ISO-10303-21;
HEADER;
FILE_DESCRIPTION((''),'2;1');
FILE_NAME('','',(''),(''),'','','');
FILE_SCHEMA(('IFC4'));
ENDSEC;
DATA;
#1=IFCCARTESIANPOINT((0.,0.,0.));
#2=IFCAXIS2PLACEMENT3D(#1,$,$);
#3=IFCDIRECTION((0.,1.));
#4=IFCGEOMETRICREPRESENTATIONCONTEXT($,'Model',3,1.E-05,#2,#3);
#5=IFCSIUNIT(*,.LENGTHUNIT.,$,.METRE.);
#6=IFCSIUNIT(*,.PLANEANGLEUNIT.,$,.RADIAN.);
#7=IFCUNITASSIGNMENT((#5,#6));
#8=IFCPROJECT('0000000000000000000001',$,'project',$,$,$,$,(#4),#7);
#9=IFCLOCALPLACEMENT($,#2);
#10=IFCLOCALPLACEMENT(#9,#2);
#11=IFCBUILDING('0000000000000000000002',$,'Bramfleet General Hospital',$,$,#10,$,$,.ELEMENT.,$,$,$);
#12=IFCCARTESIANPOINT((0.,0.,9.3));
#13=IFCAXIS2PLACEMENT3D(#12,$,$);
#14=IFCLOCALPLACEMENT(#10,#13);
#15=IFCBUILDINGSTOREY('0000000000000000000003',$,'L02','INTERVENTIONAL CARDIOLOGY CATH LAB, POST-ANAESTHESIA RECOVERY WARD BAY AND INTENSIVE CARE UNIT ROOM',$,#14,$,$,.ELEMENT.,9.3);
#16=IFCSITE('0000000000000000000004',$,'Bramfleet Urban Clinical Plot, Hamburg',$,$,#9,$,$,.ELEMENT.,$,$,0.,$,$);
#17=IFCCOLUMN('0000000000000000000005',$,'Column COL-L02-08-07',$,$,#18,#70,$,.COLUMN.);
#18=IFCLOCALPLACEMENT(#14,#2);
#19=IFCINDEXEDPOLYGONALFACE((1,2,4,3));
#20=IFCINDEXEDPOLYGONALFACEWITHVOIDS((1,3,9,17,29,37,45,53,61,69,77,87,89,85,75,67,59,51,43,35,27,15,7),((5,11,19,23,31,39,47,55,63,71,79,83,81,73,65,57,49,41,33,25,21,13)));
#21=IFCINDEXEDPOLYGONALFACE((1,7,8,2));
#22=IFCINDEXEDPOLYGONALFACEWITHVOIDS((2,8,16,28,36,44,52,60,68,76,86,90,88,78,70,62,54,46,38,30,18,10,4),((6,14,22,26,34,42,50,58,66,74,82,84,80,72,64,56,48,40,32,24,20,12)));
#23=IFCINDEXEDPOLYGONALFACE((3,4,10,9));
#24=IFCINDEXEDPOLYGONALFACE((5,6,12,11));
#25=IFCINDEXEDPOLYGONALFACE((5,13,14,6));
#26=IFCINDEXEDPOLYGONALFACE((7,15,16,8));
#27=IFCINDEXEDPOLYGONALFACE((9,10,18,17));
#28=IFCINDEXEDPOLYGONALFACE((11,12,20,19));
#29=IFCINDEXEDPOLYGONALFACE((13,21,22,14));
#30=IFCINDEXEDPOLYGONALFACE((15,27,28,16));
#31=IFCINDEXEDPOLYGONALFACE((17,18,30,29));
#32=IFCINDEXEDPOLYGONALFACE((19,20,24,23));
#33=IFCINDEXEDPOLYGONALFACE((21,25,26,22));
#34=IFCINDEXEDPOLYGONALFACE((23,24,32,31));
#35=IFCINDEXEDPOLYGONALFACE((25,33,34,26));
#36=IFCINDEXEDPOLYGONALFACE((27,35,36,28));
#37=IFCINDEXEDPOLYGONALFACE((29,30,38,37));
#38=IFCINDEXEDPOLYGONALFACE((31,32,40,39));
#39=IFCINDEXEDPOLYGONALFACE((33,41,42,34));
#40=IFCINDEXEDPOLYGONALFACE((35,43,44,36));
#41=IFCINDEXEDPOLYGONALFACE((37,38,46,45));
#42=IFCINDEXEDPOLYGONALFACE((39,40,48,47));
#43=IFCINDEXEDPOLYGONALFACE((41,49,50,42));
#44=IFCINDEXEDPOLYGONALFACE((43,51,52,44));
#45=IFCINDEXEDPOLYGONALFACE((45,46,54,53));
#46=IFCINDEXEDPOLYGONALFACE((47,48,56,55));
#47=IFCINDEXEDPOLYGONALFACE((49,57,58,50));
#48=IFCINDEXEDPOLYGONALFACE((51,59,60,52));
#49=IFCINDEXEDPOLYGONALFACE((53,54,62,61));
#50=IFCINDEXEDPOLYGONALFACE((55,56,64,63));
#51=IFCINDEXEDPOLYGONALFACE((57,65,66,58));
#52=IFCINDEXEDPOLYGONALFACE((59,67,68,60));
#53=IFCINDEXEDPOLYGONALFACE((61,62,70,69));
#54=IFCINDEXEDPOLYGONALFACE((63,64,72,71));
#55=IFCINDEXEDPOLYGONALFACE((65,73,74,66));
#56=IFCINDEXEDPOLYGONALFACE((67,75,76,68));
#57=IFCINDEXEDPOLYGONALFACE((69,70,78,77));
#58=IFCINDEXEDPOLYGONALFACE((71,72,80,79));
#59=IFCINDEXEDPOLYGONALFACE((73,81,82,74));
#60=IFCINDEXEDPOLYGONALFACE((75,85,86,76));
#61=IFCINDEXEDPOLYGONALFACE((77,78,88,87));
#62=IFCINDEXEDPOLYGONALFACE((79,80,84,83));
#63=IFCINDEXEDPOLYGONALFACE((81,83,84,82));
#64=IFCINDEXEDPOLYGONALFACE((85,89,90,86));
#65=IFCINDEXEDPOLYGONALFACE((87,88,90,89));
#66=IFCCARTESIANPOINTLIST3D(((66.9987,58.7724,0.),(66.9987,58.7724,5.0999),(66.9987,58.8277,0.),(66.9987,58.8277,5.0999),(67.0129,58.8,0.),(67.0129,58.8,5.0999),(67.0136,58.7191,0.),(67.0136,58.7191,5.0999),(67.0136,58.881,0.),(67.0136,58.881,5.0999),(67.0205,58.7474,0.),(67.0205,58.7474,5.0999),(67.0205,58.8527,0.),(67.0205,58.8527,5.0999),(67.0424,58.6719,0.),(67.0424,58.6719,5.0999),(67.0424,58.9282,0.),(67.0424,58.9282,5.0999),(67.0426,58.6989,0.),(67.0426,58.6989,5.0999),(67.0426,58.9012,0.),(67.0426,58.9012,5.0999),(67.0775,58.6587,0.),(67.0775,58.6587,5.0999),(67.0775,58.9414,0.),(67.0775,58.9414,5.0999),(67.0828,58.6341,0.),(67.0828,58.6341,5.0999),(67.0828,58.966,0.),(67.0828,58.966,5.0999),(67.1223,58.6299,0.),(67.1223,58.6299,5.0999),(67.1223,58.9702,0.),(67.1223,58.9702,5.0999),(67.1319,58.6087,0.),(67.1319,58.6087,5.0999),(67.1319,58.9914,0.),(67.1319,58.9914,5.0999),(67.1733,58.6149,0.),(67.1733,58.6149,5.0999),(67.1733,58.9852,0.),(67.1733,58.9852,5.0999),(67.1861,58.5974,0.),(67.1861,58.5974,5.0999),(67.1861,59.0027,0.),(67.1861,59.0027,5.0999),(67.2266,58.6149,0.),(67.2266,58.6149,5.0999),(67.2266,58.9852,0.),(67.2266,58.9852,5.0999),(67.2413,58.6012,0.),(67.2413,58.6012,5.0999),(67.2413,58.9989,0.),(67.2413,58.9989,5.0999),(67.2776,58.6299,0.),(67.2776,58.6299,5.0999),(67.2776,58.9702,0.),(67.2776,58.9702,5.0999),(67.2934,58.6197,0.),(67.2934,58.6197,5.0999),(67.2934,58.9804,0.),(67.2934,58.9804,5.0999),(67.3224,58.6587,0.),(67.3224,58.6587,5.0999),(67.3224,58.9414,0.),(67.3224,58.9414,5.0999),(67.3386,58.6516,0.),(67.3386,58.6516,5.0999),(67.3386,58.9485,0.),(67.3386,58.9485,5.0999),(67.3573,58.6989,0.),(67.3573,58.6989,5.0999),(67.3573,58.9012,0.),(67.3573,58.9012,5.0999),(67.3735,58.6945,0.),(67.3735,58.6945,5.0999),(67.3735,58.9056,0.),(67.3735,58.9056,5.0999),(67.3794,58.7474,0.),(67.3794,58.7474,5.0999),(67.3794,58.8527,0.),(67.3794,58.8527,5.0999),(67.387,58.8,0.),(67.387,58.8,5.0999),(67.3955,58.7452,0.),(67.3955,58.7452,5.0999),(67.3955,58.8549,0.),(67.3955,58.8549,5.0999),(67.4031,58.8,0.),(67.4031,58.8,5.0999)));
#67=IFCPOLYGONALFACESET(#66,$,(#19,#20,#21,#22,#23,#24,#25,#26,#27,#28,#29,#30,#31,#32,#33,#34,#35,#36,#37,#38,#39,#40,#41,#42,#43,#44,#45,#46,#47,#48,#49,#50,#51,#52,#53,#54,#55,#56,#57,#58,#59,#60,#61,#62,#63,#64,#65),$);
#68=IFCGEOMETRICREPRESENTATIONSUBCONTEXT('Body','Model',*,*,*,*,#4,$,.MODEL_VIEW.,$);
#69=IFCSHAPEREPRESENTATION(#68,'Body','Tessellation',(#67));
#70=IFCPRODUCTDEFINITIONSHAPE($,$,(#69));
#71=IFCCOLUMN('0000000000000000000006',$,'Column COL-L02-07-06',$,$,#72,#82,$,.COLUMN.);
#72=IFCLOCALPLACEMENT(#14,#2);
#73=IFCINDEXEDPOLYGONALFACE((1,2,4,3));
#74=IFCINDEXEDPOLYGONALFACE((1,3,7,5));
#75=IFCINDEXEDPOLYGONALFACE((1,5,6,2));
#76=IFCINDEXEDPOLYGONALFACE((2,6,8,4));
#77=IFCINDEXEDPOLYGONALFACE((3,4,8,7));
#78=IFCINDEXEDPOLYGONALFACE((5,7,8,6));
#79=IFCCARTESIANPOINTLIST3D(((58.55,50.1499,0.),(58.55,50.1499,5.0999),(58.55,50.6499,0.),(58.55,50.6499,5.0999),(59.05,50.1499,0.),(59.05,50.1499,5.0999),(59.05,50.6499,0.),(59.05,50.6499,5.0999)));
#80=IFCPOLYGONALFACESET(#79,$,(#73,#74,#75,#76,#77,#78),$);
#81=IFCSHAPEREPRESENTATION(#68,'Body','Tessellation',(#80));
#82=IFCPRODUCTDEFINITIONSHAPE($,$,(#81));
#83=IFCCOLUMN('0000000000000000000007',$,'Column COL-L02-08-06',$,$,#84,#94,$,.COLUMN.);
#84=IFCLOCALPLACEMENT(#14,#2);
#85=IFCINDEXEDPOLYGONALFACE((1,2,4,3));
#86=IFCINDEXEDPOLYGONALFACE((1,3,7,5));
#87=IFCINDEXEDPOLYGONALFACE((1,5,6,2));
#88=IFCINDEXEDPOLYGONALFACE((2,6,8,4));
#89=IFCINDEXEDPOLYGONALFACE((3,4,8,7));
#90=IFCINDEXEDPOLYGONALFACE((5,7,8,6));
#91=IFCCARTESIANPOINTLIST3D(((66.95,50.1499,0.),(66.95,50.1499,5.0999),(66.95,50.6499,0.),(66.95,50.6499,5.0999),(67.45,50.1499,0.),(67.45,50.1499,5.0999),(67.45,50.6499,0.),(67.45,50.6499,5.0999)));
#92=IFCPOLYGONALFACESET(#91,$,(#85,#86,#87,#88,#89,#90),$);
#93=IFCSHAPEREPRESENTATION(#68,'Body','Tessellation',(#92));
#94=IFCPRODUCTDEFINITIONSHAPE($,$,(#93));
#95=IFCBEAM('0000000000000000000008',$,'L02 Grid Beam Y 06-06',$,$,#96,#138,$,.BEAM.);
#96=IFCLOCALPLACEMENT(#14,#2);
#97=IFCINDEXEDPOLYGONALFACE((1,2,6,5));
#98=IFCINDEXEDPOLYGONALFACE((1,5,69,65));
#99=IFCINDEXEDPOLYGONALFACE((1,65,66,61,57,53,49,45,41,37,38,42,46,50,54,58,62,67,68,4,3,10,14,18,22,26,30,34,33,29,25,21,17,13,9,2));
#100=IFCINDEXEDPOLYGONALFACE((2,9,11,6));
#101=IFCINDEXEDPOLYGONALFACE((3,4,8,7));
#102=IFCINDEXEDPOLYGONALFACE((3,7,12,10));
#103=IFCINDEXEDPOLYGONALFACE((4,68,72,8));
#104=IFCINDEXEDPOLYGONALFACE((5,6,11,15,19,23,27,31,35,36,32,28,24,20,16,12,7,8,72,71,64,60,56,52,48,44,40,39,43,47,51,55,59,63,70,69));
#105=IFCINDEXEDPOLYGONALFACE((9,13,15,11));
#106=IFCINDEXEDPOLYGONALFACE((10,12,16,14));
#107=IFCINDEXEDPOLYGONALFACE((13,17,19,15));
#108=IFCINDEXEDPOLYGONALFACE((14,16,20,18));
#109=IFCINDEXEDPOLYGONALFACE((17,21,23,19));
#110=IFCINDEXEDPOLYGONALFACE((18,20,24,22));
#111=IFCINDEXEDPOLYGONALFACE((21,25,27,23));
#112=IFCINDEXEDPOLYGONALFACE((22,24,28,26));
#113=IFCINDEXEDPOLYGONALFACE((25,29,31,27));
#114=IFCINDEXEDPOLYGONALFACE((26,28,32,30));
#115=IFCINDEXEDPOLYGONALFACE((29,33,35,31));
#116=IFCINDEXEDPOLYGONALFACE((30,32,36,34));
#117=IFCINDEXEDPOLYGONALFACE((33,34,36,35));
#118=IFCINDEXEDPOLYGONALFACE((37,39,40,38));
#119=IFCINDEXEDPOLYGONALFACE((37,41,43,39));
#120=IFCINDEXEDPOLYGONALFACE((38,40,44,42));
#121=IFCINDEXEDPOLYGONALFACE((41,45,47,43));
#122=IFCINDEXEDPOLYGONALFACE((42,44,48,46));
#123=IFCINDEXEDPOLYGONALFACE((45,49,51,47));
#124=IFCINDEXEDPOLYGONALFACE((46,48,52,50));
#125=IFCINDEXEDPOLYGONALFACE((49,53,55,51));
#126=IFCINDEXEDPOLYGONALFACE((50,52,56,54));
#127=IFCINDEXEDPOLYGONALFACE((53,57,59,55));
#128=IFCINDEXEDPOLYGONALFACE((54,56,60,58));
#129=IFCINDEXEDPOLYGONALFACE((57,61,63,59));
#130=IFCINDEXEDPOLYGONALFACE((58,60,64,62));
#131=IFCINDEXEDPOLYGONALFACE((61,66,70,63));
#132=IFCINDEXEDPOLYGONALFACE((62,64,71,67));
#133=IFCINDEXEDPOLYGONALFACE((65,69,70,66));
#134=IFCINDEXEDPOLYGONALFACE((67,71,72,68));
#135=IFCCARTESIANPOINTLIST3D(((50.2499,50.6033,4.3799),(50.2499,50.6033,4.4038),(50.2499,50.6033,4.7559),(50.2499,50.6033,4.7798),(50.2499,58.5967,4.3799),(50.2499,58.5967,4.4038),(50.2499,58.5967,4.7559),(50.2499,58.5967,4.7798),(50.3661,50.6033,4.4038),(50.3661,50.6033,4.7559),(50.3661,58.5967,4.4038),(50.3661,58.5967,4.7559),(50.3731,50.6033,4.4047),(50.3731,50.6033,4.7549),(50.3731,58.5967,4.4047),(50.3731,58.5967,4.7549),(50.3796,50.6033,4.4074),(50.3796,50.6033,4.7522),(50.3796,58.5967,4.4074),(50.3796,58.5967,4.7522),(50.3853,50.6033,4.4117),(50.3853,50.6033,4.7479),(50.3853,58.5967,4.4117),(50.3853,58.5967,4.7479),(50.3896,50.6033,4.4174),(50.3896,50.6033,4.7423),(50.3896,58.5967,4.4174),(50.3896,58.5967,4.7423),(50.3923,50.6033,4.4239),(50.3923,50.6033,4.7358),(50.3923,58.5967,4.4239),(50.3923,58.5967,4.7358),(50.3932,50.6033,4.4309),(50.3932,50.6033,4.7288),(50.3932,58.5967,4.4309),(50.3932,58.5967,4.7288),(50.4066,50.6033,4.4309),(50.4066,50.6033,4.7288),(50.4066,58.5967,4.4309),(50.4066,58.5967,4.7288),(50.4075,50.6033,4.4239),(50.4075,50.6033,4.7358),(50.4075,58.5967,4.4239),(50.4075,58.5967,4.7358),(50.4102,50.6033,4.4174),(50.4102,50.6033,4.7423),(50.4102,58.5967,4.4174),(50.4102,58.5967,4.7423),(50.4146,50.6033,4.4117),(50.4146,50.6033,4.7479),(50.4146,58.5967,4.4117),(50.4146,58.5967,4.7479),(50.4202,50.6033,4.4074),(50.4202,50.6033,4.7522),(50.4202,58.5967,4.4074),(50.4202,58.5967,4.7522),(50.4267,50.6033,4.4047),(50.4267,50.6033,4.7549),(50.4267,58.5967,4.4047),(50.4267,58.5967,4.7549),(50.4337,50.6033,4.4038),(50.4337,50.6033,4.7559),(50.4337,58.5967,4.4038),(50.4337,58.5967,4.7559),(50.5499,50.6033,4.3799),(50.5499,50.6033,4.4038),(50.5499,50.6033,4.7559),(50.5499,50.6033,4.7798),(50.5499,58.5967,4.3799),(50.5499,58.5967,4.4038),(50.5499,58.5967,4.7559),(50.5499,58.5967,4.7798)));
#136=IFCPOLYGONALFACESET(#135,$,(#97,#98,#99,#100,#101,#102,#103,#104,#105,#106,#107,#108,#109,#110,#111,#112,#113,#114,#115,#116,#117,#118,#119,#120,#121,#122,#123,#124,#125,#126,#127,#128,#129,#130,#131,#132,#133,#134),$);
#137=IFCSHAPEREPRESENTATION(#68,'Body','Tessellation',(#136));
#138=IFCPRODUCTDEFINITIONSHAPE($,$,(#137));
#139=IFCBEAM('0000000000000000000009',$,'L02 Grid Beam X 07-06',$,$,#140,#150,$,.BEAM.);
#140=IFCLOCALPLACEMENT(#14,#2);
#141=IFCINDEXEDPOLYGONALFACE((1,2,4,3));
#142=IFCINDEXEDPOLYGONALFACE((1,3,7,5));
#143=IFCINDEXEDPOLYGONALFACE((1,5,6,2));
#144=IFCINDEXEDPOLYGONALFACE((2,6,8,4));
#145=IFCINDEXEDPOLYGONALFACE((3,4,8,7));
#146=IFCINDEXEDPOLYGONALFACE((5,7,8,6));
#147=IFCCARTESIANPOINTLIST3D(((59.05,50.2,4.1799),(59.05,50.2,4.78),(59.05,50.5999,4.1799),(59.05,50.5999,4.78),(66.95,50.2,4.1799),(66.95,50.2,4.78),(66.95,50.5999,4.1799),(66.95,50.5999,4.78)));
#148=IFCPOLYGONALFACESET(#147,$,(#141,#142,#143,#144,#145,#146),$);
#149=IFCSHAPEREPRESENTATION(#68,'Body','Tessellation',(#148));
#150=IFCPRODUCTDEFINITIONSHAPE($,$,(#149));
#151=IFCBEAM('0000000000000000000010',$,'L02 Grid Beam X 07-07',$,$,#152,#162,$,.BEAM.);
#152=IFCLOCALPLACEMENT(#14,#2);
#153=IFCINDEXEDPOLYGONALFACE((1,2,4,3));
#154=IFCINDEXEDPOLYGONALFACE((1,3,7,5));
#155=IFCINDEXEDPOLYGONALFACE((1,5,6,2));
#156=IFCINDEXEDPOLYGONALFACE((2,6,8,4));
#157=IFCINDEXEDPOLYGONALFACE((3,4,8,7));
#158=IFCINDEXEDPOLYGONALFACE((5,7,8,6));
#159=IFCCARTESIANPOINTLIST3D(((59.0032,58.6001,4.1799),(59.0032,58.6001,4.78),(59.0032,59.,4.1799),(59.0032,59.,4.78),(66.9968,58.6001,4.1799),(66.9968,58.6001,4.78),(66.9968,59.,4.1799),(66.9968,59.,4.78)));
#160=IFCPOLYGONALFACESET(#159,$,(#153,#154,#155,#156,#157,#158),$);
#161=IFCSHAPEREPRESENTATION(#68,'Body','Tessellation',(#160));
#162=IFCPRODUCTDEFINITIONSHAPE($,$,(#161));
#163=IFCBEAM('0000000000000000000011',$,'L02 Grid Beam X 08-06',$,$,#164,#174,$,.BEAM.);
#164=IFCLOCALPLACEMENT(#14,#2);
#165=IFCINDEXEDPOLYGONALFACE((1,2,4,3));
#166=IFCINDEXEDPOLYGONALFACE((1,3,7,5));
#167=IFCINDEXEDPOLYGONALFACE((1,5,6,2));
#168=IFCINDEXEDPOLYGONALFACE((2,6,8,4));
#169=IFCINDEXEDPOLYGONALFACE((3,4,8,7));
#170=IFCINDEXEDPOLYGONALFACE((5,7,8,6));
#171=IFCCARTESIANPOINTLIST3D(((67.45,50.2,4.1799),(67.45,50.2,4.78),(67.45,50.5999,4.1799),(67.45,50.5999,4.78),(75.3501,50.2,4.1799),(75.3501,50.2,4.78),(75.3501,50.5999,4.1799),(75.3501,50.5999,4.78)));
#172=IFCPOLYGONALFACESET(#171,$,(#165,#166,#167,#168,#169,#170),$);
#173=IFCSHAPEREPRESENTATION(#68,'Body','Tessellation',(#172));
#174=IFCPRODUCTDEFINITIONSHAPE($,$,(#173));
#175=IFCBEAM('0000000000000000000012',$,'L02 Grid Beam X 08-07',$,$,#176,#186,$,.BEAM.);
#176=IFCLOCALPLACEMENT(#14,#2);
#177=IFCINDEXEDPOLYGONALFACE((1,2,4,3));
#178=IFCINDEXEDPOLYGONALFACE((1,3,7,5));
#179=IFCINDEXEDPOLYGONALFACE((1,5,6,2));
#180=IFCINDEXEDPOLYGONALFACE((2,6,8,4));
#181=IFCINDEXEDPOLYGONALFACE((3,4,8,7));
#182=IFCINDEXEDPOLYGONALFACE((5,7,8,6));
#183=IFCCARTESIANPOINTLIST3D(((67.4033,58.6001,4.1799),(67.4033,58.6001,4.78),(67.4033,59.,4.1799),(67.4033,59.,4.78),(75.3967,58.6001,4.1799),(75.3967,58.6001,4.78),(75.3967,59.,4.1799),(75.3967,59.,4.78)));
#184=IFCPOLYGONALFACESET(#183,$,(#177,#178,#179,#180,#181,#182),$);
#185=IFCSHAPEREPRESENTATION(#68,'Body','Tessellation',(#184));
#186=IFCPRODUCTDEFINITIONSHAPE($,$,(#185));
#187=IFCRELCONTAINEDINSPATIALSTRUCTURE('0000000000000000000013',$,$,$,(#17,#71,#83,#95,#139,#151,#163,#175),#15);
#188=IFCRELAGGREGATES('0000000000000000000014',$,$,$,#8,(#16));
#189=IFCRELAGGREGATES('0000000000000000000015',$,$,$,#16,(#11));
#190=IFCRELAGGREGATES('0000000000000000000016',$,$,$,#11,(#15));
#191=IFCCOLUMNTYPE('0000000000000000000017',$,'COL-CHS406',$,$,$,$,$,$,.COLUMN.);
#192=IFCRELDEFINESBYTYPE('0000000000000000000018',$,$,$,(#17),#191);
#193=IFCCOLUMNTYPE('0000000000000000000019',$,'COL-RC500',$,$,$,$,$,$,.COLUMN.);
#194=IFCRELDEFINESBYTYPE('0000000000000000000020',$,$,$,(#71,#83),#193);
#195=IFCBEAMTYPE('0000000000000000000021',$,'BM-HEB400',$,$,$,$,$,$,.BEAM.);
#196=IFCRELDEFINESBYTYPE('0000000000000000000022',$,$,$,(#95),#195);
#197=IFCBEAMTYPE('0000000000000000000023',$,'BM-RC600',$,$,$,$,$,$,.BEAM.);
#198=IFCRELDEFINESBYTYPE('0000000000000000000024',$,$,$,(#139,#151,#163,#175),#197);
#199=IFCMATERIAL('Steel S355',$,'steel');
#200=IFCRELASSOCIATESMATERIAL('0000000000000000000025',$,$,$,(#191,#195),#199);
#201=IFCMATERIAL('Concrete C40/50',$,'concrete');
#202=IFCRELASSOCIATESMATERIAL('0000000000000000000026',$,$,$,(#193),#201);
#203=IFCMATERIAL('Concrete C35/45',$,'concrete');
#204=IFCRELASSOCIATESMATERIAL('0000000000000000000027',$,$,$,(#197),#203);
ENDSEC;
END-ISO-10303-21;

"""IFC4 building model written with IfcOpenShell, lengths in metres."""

from ifc_helpers import new_model, si_unit, direction, frame, origin, origin_2d, place, context, subcontext, project, spatial, rectangle, hollow_circle, i_section, extrude, material, material_profile, profile_set, type_object, element, save


model = new_model("IFC4")

# Units and contexts
model_context = context("Model", 3, precision=1e-05, world=origin(), true_north=direction((0.0, 1.0)))
body_context = subcontext(model_context, "Body", "Model", "MODEL_VIEW")
ifc_project = project(units=[si_unit("LENGTHUNIT", "METRE"), si_unit("PLANEANGLEUNIT", "RADIAN")], contexts=[model_context])

# Site, building, storey
site_placement = place(None, origin())
site = spatial("IfcSite", under=ifc_project, at=site_placement, Name="Bramfleet Urban Clinical Plot, Hamburg", CompositionType="ELEMENT", RefElevation=0.0)
building_placement = place(site_placement, origin())
building = spatial("IfcBuilding", under=site, at=building_placement, Name="Bramfleet General Hospital", CompositionType="ELEMENT")
storey_placement = place(building_placement, frame((0.0, 0.0, 9.3)))
storey = spatial("IfcBuildingStorey", under=building, at=storey_placement, Name="L02", Description="INTERVENTIONAL CARDIOLOGY CATH LAB, POST-ANAESTHESIA RECOVERY WARD BAY AND INTENSIVE CARE UNIT ROOM", CompositionType="ELEMENT", Elevation=9.3)

# Columns
ifc_material_1 = material(Name="Steel S355", Category="steel")
ifc_material_profile_1 = material_profile(ifc_material_1, hollow_circle(Radius=0.2031, WallThickness=0.0161, at=origin_2d()), Name="CHS 406.4x16.0")
ifc_profile_set_1 = profile_set([ifc_material_profile_1], Name="Steel S355")
column_type_1 = type_object("IfcColumnType", Name="COL-CHS406", PredefinedType="COLUMN", material=ifc_profile_set_1)
for number, where, z_axis, x_axis, name in (
    (1, (67.2, 58.8, 0.0), (0.0, 0.0, 1.0), (1.0, 0.0, 0.0), "Column COL-L02-08-07"),
):
    element("IfcColumn", number, at=place(storey_placement, frame(where, z_axis=z_axis, x_axis=x_axis)), inside=storey, type_object=column_type_1, Name=name, PredefinedType="COLUMN", context=body_context, shape_type="SweptSolid", body=[
        extrude(hollow_circle(Radius=0.2031, WallThickness=0.0161, at=origin_2d()), origin(), (0.0, 0.0, 1.0), 5.0999),
    ])
ifc_material_2 = material(Name="Concrete C40/50", Category="concrete")
ifc_material_profile_2 = material_profile(ifc_material_2, rectangle(XDim=0.5, YDim=0.5, at=origin_2d()), Name="RC COL 500x500")
ifc_profile_set_2 = profile_set([ifc_material_profile_2], Name="Concrete C40/50")
column_type_2 = type_object("IfcColumnType", Name="COL-RC500", PredefinedType="COLUMN", material=ifc_profile_set_2)
for number, where, z_axis, x_axis, name in (
    (2, (58.8, 50.3999, 0.0), (0.0, 0.0, 1.0), (1.0, 0.0, 0.0), "Column COL-L02-07-06"),
    (3, (67.2, 50.3999, 0.0), (0.0, 0.0, 1.0), (1.0, 0.0, 0.0), "Column COL-L02-08-06"),
):
    element("IfcColumn", number, at=place(storey_placement, frame(where, z_axis=z_axis, x_axis=x_axis)), inside=storey, type_object=column_type_2, Name=name, PredefinedType="COLUMN", context=body_context, shape_type="SweptSolid", body=[
        extrude(rectangle(XDim=0.5, YDim=0.5, at=origin_2d()), origin(), (0.0, 0.0, 1.0), 5.0999),
    ])

# Beams
ifc_material_profile_3 = material_profile(ifc_material_1, i_section(OverallWidth=0.3, OverallDepth=0.3999, WebThickness=0.0134, FlangeThickness=0.0239, FilletRadius=0.0271, at=origin_2d()), Name="HEB 400")
ifc_profile_set_3 = profile_set([ifc_material_profile_3], Name="Steel S355")
beam_type_1 = type_object("IfcBeamType", Name="BM-HEB400", PredefinedType="BEAM", material=ifc_profile_set_3)
beam_1_placement = place(storey_placement, frame((50.3999, 50.6033, 4.5798), z_axis=(0.0, 1.0, 0.0), x_axis=(-1.0, 0.0, 0.0)))
element("IfcBeam", 4, at=beam_1_placement, inside=storey, type_object=beam_type_1, Name="L02 Grid Beam Y 06-06", PredefinedType="BEAM", context=body_context, shape_type="SweptSolid", body=[
    extrude(i_section(OverallWidth=0.3, OverallDepth=0.3999, WebThickness=0.0134, FlangeThickness=0.0239, FilletRadius=0.0271, at=origin_2d()), origin(), (0.0, 0.0, 1.0), 7.9934),
])
ifc_material_3 = material(Name="Concrete C35/45", Category="concrete")
ifc_material_profile_4 = material_profile(ifc_material_3, rectangle(XDim=0.3999, YDim=0.6001, at=origin_2d()), Name="RC BM 600x400")
ifc_profile_set_4 = profile_set([ifc_material_profile_4], Name="Concrete C35/45")
beam_type_2 = type_object("IfcBeamType", Name="BM-RC600", PredefinedType="BEAM", material=ifc_profile_set_4)
beam_2_placement = place(storey_placement, frame((59.05, 50.3999, 4.48), z_axis=(1.0, 0.0, 0.0), x_axis=(0.0, 1.0, 0.0)))
element("IfcBeam", 5, at=beam_2_placement, inside=storey, type_object=beam_type_2, Name="L02 Grid Beam X 07-06", PredefinedType="BEAM", context=body_context, shape_type="SweptSolid", body=[
    extrude(rectangle(XDim=0.3999, YDim=0.6001, at=origin_2d()), origin(), (0.0, 0.0, 1.0), 7.8999),
])
beam_3_placement = place(storey_placement, frame((59.0032, 58.8, 4.48), z_axis=(1.0, 0.0, 0.0), x_axis=(0.0, 1.0, 0.0)))
element("IfcBeam", 6, at=beam_3_placement, inside=storey, type_object=beam_type_2, Name="L02 Grid Beam X 07-07", PredefinedType="BEAM", context=body_context, shape_type="SweptSolid", body=[
    extrude(rectangle(XDim=0.3999, YDim=0.6001, at=origin_2d()), origin(), (0.0, 0.0, 1.0), 7.9937),
])
beam_4_placement = place(storey_placement, frame((67.45, 50.3999, 4.48), z_axis=(1.0, 0.0, 0.0), x_axis=(0.0, 1.0, 0.0)))
element("IfcBeam", 7, at=beam_4_placement, inside=storey, type_object=beam_type_2, Name="L02 Grid Beam X 08-06", PredefinedType="BEAM", context=body_context, shape_type="SweptSolid", body=[
    extrude(rectangle(XDim=0.3999, YDim=0.6001, at=origin_2d()), origin(), (0.0, 0.0, 1.0), 7.9001),
])
beam_5_placement = place(storey_placement, frame((67.4033, 58.8, 4.48), z_axis=(1.0, 0.0, 0.0), x_axis=(0.0, 1.0, 0.0)))
element("IfcBeam", 8, at=beam_5_placement, inside=storey, type_object=beam_type_2, Name="L02 Grid Beam X 08-07", PredefinedType="BEAM", context=body_context, shape_type="SweptSolid", body=[
    extrude(rectangle(XDim=0.3999, YDim=0.6001, at=origin_2d()), origin(), (0.0, 0.0, 1.0), 7.9934),
])

save(model, "model.ifc")
